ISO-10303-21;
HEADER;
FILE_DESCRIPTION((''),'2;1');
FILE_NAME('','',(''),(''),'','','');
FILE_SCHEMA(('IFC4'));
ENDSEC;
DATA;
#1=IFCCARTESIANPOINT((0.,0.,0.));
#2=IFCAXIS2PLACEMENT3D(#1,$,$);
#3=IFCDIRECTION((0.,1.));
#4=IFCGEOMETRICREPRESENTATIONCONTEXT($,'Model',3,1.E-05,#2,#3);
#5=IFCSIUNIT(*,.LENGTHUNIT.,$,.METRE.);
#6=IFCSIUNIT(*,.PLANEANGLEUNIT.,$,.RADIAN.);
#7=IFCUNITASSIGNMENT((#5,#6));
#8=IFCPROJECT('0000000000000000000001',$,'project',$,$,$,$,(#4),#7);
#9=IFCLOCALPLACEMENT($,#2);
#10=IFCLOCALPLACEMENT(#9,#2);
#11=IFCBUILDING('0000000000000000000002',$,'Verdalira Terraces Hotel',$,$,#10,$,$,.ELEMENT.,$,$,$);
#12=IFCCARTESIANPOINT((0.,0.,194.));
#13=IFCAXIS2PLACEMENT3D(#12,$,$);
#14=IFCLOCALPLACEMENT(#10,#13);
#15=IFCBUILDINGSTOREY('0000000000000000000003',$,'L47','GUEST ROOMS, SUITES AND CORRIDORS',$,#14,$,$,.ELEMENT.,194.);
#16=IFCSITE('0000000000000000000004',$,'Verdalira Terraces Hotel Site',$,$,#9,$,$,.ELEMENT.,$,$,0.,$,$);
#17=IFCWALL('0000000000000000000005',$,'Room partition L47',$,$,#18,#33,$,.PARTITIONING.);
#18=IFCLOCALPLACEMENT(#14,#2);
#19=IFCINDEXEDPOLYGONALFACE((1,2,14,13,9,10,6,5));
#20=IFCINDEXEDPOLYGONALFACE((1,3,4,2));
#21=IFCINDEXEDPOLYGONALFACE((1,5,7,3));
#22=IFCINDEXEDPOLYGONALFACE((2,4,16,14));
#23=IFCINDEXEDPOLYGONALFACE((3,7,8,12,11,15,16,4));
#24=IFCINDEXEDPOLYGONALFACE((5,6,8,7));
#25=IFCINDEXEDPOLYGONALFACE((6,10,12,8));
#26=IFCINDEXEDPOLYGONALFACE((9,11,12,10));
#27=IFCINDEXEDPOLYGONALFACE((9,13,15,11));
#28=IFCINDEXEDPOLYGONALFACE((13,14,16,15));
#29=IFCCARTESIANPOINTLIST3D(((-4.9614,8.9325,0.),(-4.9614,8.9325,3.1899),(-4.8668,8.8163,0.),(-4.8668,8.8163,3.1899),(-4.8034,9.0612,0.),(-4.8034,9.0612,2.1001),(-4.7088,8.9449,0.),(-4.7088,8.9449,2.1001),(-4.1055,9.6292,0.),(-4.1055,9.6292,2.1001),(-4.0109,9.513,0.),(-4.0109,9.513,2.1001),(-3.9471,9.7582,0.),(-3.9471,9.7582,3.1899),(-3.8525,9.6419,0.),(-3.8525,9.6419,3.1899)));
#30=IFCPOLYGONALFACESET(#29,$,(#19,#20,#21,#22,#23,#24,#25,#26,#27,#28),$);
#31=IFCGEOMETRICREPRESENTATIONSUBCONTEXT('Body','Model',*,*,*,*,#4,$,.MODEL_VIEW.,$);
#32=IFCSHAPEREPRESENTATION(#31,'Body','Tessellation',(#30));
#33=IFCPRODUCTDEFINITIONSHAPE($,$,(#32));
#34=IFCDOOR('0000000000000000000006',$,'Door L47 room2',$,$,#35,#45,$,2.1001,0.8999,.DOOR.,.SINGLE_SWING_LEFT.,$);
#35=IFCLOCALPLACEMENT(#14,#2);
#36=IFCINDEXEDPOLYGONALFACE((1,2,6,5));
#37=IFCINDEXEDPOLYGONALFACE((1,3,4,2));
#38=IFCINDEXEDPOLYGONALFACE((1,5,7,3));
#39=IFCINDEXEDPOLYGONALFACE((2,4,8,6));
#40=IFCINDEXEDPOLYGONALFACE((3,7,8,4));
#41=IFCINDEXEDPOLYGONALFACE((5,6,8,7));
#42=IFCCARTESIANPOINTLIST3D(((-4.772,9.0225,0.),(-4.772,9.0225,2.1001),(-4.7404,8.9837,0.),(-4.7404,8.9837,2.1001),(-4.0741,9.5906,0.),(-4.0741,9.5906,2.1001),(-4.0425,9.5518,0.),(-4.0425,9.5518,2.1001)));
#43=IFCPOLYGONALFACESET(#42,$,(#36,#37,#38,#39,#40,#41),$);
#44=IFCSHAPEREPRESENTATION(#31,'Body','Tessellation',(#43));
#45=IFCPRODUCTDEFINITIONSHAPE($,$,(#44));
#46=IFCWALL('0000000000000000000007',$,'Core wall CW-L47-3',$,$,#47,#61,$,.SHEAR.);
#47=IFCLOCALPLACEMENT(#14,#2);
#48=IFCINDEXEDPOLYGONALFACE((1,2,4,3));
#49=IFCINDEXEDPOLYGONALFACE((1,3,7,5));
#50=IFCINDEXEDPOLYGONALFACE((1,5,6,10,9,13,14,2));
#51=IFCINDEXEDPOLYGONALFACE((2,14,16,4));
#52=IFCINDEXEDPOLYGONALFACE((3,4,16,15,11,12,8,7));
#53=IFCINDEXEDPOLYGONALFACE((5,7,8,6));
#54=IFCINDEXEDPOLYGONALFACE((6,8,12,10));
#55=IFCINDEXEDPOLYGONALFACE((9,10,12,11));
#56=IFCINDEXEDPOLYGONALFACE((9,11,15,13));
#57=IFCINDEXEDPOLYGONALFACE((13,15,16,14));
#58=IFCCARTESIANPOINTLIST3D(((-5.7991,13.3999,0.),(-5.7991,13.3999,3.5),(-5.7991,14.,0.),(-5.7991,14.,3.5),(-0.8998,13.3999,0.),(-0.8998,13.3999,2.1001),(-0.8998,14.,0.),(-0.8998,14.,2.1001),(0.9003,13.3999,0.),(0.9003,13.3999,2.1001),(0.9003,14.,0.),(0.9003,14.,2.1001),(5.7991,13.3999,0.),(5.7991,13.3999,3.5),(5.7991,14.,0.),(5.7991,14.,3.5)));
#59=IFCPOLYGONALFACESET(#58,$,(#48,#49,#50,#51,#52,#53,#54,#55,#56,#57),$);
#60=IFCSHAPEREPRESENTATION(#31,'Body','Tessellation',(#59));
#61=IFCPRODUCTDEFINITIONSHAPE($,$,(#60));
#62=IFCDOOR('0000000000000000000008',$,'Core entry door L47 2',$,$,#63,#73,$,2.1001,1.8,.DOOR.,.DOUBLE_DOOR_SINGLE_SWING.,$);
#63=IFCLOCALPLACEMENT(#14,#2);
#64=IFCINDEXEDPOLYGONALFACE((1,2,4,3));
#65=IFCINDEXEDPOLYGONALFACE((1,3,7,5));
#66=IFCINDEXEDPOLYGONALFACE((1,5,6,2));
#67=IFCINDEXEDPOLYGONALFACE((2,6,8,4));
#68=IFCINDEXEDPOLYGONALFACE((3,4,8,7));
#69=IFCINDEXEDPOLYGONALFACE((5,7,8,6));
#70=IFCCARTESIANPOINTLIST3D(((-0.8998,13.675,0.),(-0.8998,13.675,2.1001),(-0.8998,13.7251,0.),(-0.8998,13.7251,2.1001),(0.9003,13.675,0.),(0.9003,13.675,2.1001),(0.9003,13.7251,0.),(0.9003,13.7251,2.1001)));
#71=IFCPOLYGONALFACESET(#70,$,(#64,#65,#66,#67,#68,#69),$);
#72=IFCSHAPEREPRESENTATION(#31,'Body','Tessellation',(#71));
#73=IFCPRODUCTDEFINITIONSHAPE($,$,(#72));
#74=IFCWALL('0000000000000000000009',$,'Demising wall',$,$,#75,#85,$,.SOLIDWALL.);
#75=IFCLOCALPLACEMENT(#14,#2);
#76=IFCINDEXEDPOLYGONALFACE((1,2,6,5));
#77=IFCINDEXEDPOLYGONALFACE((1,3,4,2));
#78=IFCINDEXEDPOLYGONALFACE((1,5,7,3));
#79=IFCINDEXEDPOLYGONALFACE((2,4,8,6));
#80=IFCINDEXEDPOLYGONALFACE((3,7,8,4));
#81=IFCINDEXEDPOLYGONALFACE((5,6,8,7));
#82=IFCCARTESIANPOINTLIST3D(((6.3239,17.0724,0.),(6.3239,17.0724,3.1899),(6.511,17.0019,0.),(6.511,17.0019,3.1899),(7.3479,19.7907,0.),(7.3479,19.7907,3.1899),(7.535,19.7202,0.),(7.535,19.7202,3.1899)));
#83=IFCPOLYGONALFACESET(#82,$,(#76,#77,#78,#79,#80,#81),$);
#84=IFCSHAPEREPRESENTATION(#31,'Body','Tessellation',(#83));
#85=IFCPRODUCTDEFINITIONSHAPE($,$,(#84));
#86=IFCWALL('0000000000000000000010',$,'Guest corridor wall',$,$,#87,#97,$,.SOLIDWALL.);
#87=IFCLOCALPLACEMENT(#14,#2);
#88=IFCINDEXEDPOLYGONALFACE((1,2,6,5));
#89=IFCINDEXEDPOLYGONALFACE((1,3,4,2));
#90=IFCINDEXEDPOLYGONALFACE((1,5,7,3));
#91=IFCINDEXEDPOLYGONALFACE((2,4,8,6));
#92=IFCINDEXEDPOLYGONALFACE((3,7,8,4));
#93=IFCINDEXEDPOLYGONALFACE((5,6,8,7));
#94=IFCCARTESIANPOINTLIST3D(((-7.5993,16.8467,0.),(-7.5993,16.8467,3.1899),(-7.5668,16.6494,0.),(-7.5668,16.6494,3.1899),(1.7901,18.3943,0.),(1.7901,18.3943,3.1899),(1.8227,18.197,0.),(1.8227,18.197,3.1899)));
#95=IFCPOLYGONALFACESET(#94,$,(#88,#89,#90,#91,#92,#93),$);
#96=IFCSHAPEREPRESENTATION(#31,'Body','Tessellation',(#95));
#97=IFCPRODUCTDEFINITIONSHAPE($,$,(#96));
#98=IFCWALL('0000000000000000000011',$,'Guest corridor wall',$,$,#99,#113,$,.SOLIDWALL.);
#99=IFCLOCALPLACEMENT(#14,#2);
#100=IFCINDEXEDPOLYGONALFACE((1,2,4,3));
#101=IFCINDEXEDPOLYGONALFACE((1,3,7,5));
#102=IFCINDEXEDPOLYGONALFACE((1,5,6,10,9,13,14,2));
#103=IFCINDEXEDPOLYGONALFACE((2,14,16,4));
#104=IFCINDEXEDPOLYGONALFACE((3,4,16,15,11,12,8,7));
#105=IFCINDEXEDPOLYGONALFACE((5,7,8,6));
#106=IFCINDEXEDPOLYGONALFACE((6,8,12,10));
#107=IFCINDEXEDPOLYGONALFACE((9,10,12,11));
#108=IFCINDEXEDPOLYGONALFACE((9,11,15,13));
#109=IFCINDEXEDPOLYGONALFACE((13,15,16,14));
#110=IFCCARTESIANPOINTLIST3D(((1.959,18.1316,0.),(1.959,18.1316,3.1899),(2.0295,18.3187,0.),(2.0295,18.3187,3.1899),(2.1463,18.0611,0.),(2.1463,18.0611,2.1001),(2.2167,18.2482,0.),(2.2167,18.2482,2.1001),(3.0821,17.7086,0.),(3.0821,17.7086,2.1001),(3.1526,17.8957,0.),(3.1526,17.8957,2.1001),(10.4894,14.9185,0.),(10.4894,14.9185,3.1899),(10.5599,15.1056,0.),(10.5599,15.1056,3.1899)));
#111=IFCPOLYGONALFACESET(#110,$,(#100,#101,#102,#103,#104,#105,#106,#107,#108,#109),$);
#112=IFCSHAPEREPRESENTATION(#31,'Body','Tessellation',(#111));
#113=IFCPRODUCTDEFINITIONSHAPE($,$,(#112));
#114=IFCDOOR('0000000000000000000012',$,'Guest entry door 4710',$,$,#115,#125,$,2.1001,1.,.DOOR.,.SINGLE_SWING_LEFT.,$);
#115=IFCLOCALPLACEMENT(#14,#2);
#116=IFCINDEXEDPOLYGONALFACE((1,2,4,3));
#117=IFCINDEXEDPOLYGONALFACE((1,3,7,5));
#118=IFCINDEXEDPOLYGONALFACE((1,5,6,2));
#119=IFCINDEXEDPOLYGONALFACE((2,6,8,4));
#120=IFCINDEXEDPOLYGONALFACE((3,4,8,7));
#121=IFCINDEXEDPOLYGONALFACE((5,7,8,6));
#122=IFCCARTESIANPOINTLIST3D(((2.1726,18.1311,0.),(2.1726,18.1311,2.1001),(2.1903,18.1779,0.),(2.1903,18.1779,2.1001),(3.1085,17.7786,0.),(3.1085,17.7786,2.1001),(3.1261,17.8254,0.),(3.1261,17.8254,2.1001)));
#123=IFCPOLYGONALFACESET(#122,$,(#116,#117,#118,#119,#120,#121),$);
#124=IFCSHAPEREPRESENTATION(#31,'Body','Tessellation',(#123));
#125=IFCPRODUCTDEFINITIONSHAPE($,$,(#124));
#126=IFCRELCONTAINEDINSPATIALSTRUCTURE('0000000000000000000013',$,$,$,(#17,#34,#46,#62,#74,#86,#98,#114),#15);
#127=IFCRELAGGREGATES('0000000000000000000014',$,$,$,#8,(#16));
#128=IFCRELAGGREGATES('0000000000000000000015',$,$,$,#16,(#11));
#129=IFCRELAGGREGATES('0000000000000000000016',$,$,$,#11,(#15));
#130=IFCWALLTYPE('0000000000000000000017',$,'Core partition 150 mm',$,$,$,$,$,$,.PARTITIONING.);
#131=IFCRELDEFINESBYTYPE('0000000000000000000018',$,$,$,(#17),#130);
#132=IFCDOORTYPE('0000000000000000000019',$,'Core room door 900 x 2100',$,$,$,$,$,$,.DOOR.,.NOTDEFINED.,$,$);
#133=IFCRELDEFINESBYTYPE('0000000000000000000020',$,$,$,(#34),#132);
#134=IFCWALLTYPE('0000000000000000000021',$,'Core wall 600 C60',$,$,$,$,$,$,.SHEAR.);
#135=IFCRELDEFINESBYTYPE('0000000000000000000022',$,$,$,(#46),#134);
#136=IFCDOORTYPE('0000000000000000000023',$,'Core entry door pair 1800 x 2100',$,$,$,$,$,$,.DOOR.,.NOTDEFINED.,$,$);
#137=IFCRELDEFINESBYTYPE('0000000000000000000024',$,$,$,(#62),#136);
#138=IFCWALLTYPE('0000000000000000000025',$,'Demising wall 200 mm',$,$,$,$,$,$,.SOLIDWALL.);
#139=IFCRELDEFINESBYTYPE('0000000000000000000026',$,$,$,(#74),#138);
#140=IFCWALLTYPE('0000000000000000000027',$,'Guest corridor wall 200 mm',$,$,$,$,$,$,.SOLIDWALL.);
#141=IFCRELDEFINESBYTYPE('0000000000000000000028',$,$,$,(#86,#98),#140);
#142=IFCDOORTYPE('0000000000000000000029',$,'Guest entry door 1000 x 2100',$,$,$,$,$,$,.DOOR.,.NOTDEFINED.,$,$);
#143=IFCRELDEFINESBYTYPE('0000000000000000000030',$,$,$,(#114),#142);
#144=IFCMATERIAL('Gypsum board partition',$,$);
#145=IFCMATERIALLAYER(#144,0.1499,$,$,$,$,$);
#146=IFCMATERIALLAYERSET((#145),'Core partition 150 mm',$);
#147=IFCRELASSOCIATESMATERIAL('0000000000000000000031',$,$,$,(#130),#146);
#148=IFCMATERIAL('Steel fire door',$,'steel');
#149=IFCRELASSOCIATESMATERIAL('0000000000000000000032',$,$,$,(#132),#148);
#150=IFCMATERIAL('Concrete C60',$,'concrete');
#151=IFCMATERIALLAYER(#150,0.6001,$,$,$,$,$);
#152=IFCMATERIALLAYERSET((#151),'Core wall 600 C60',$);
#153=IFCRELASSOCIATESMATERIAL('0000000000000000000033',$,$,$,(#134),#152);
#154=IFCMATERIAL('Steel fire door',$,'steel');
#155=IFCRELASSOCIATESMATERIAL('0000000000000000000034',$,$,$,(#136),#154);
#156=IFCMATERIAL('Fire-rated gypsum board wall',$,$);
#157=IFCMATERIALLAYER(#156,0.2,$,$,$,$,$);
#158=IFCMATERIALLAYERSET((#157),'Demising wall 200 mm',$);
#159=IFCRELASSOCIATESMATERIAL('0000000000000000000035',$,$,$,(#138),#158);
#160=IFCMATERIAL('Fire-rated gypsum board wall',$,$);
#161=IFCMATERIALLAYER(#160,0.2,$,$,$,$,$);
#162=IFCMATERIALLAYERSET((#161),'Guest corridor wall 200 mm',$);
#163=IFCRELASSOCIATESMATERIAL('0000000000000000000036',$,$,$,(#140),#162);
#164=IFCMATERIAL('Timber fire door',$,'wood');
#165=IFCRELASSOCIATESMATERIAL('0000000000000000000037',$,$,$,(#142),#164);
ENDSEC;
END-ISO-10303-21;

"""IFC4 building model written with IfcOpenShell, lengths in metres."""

from ifc_helpers import new_model, si_unit, direction, frame, frame_2d, origin, place, context, subcontext, project, spatial, rectangle, extrude, material, layer, layer_set, type_object, element, fill, save


model = new_model("IFC4")

# Units and contexts
model_context = context("Model", 3, precision=1e-05, world=origin(), true_north=direction((0.0, 1.0)))
body_context = subcontext(model_context, "Body", "Model", "MODEL_VIEW")
ifc_project = project(units=[si_unit("LENGTHUNIT", "METRE"), si_unit("PLANEANGLEUNIT", "RADIAN")], contexts=[model_context])

# Site, building, storey
site_placement = place(None, origin())
site = spatial("IfcSite", under=ifc_project, at=site_placement, Name="Verdalira Terraces Hotel Site", CompositionType="ELEMENT", RefElevation=0.0)
building_placement = place(site_placement, origin())
building = spatial("IfcBuilding", under=site, at=building_placement, Name="Verdalira Terraces Hotel", CompositionType="ELEMENT")
storey_placement = place(building_placement, frame((0.0, 0.0, 194.0)))
storey = spatial("IfcBuildingStorey", under=building, at=storey_placement, Name="L47", Description="GUEST ROOMS, SUITES AND CORRIDORS", CompositionType="ELEMENT", Elevation=194.0)

# Walls, openings, doors
ifc_material_1 = material(Name="Gypsum board partition")
ifc_layer_1 = layer(ifc_material_1, 0.1499)
ifc_layer_set_1 = layer_set([ifc_layer_1], Name="Core partition 150 mm")
wall_type_1 = type_object("IfcWallType", Name="Core partition 150 mm", PredefinedType="PARTITIONING", material=ifc_layer_set_1)
wall_1_placement = place(storey_placement, frame((-3.8999, 9.7, 0.0), z_axis=(0.0, 0.0, 1.0), x_axis=(-0.77556, -0.631274, 0.0)))
wall_1 = element("IfcWall", 1, at=wall_1_placement, inside=storey, type_object=wall_type_1, Name="Room partition L47", PredefinedType="PARTITIONING", context=body_context, shape_type="SweptSolid", body=[
    extrude(rectangle(XDim=1.3079, YDim=0.1499, at=frame_2d((0.6538, 0.0))), origin(), (0.0, 0.0, 1.0), 3.1899),
])
opening_1_placement = place(wall_1_placement, frame((0.2041, 0.0, 0.0)))
opening_1 = element("IfcOpeningElement", 2, at=opening_1_placement, cuts=wall_1, PredefinedType="OPENING", context=body_context, shape_type="SweptSolid", body=[
    extrude(rectangle(XDim=0.8999, YDim=2.1001, at=frame_2d((0.45, 1.05))), frame((0.0, 0.085, 0.0), z_axis=(0.0, -1.0, 0.0), x_axis=(1.0, 0.0, 0.0)), (0.0, 0.0, 1.0), 0.1699),
])
ifc_material_2 = material(Name="Steel fire door", Category="steel")
door_type_1 = type_object("IfcDoorType", Name="Core room door 900 x 2100", OperationType="NOTDEFINED", PredefinedType="DOOR", material=ifc_material_2)
door_1_placement = place(opening_1_placement, origin())
door_1 = element("IfcDoor", 3, at=door_1_placement, inside=storey, type_object=door_type_1, Name="Door L47 room2", OperationType="SINGLE_SWING_LEFT", OverallHeight=2.1001, OverallWidth=0.8999, PredefinedType="DOOR", context=body_context, shape_type="SweptSolid", body=[
    extrude(rectangle(XDim=0.8999, YDim=2.1001, at=frame_2d((0.45, 1.05))), frame((0.0, 0.0249, 0.0), z_axis=(0.0, -1.0, 0.0), x_axis=(1.0, 0.0, 0.0)), (0.0, 0.0, 1.0), 0.05),
])
fill(opening_1, door_1)
ifc_material_3 = material(Name="Concrete C60", Category="concrete")
ifc_layer_2 = layer(ifc_material_3, 0.6001)
ifc_layer_set_2 = layer_set([ifc_layer_2], Name="Core wall 600 C60")
wall_type_2 = type_object("IfcWallType", Name="Core wall 600 C60", PredefinedType="SHEAR", material=ifc_layer_set_2)
wall_2_placement = place(storey_placement, frame((5.7991, 13.7, 0.0), z_axis=(0.0, 0.0, 1.0), x_axis=(-1.0, 0.0, 0.0)))
wall_2 = element("IfcWall", 4, at=wall_2_placement, inside=storey, type_object=wall_type_2, Name="Core wall CW-L47-3", PredefinedType="SHEAR", context=body_context, shape_type="SweptSolid", body=[
    extrude(rectangle(XDim=11.5981, YDim=0.6001, at=frame_2d((5.7991, 0.0))), origin(), (0.0, 0.0, 1.0), 3.5),
])
opening_2_placement = place(wall_2_placement, frame((4.8989, 0.0, 0.0)))
opening_2 = element("IfcOpeningElement", 5, at=opening_2_placement, cuts=wall_2, PredefinedType="OPENING", context=body_context, shape_type="SweptSolid", body=[
    extrude(rectangle(XDim=1.8, YDim=2.1001, at=frame_2d((0.8999, 1.05))), frame((0.0, 0.3101, 0.0), z_axis=(0.0, -1.0, 0.0), x_axis=(1.0, 0.0, 0.0)), (0.0, 0.0, 1.0), 0.6201),
])
ifc_material_4 = material(Name="Steel fire door", Category="steel")
door_type_2 = type_object("IfcDoorType", Name="Core entry door pair 1800 x 2100", OperationType="NOTDEFINED", PredefinedType="DOOR", material=ifc_material_4)
door_2_placement = place(opening_2_placement, origin())
door_2 = element("IfcDoor", 6, at=door_2_placement, inside=storey, type_object=door_type_2, Name="Core entry door L47 2", OperationType="DOUBLE_DOOR_SINGLE_SWING", OverallHeight=2.1001, OverallWidth=1.8, PredefinedType="DOOR", context=body_context, shape_type="SweptSolid", body=[
    extrude(rectangle(XDim=1.8, YDim=2.1001, at=frame_2d((0.8999, 1.05))), frame((0.0, 0.0249, 0.0), z_axis=(0.0, -1.0, 0.0), x_axis=(1.0, 0.0, 0.0)), (0.0, 0.0, 1.0), 0.05),
])
fill(opening_2, door_2)

# Walls
ifc_material_5 = material(Name="Fire-rated gypsum board wall")
ifc_layer_3 = layer(ifc_material_5, 0.2)
ifc_layer_set_3 = layer_set([ifc_layer_3], Name="Demising wall 200 mm")
wall_type_3 = type_object("IfcWallType", Name="Demising wall 200 mm", PredefinedType="SOLIDWALL", material=ifc_layer_set_3)
wall_3_placement = place(storey_placement, frame((6.4175, 17.0371, 0.0), z_axis=(0.0, 0.0, 1.0), x_axis=(0.352505, 0.93581, 0.0)))
element("IfcWall", 7, at=wall_3_placement, inside=storey, type_object=wall_type_3, Name="Demising wall", PredefinedType="SOLIDWALL", context=body_context, shape_type="SweptSolid", body=[
    extrude(rectangle(XDim=2.9048, YDim=0.2, at=frame_2d((1.4524, 0.0))), origin(), (0.0, 0.0, 1.0), 3.1899),
])
ifc_material_6 = material(Name="Fire-rated gypsum board wall")
ifc_layer_4 = layer(ifc_material_6, 0.2)
ifc_layer_set_4 = layer_set([ifc_layer_4], Name="Guest corridor wall 200 mm")
wall_type_4 = type_object("IfcWallType", Name="Guest corridor wall 200 mm", PredefinedType="SOLIDWALL", material=ifc_layer_set_4)
wall_4_placement = place(storey_placement, frame((1.8064, 18.2957, 0.0), z_axis=(0.0, 0.0, 1.0), x_axis=(-0.986687, -0.162631, 0.0)))
element("IfcWall", 8, at=wall_4_placement, inside=storey, type_object=wall_type_4, Name="Guest corridor wall", PredefinedType="SOLIDWALL", context=body_context, shape_type="SweptSolid", body=[
    extrude(rectangle(XDim=9.5161, YDim=0.2, at=frame_2d((4.7581, 0.0))), origin(), (0.0, 0.0, 1.0), 3.1899),
])

# Wall, opening, door
wall_5_placement = place(storey_placement, frame((1.9944, 18.2251, 0.0), z_axis=(0.0, 0.0, 1.0), x_axis=(0.935816, -0.352488, 0.0)))
wall_5 = element("IfcWall", 9, at=wall_5_placement, inside=storey, type_object=wall_type_4, Name="Guest corridor wall", PredefinedType="SOLIDWALL", context=body_context, shape_type="SweptSolid", body=[
    extrude(rectangle(XDim=9.1155, YDim=0.2, at=frame_2d((4.5576, 0.0))), origin(), (0.0, 0.0, 1.0), 3.1899),
])
opening_3_placement = place(wall_5_placement, frame((0.2, 0.0, 0.0)))
opening_3 = element("IfcOpeningElement", 10, at=opening_3_placement, cuts=wall_5, PredefinedType="OPENING", context=body_context, shape_type="SweptSolid", body=[
    extrude(rectangle(XDim=1.0, YDim=2.1001, at=frame_2d((0.5, 1.05))), frame((0.0, 0.1099, 0.0), z_axis=(0.0, -1.0, 0.0), x_axis=(1.0, 0.0, 0.0)), (0.0, 0.0, 1.0), 0.22),
])
ifc_material_7 = material(Name="Timber fire door", Category="wood")
door_type_3 = type_object("IfcDoorType", Name="Guest entry door 1000 x 2100", OperationType="NOTDEFINED", PredefinedType="DOOR", material=ifc_material_7)
door_3_placement = place(opening_3_placement, origin())
door_3 = element("IfcDoor", 11, at=door_3_placement, inside=storey, type_object=door_type_3, Name="Guest entry door 4710", OperationType="SINGLE_SWING_LEFT", OverallHeight=2.1001, OverallWidth=1.0, PredefinedType="DOOR", context=body_context, shape_type="SweptSolid", body=[
    extrude(rectangle(XDim=1.0, YDim=2.1001, at=frame_2d((0.5, 1.05))), frame((0.0, 0.0249, 0.0), z_axis=(0.0, -1.0, 0.0), x_axis=(1.0, 0.0, 0.0)), (0.0, 0.0, 1.0), 0.05),
])
fill(opening_3, door_3)

save(model, "model.ifc")
